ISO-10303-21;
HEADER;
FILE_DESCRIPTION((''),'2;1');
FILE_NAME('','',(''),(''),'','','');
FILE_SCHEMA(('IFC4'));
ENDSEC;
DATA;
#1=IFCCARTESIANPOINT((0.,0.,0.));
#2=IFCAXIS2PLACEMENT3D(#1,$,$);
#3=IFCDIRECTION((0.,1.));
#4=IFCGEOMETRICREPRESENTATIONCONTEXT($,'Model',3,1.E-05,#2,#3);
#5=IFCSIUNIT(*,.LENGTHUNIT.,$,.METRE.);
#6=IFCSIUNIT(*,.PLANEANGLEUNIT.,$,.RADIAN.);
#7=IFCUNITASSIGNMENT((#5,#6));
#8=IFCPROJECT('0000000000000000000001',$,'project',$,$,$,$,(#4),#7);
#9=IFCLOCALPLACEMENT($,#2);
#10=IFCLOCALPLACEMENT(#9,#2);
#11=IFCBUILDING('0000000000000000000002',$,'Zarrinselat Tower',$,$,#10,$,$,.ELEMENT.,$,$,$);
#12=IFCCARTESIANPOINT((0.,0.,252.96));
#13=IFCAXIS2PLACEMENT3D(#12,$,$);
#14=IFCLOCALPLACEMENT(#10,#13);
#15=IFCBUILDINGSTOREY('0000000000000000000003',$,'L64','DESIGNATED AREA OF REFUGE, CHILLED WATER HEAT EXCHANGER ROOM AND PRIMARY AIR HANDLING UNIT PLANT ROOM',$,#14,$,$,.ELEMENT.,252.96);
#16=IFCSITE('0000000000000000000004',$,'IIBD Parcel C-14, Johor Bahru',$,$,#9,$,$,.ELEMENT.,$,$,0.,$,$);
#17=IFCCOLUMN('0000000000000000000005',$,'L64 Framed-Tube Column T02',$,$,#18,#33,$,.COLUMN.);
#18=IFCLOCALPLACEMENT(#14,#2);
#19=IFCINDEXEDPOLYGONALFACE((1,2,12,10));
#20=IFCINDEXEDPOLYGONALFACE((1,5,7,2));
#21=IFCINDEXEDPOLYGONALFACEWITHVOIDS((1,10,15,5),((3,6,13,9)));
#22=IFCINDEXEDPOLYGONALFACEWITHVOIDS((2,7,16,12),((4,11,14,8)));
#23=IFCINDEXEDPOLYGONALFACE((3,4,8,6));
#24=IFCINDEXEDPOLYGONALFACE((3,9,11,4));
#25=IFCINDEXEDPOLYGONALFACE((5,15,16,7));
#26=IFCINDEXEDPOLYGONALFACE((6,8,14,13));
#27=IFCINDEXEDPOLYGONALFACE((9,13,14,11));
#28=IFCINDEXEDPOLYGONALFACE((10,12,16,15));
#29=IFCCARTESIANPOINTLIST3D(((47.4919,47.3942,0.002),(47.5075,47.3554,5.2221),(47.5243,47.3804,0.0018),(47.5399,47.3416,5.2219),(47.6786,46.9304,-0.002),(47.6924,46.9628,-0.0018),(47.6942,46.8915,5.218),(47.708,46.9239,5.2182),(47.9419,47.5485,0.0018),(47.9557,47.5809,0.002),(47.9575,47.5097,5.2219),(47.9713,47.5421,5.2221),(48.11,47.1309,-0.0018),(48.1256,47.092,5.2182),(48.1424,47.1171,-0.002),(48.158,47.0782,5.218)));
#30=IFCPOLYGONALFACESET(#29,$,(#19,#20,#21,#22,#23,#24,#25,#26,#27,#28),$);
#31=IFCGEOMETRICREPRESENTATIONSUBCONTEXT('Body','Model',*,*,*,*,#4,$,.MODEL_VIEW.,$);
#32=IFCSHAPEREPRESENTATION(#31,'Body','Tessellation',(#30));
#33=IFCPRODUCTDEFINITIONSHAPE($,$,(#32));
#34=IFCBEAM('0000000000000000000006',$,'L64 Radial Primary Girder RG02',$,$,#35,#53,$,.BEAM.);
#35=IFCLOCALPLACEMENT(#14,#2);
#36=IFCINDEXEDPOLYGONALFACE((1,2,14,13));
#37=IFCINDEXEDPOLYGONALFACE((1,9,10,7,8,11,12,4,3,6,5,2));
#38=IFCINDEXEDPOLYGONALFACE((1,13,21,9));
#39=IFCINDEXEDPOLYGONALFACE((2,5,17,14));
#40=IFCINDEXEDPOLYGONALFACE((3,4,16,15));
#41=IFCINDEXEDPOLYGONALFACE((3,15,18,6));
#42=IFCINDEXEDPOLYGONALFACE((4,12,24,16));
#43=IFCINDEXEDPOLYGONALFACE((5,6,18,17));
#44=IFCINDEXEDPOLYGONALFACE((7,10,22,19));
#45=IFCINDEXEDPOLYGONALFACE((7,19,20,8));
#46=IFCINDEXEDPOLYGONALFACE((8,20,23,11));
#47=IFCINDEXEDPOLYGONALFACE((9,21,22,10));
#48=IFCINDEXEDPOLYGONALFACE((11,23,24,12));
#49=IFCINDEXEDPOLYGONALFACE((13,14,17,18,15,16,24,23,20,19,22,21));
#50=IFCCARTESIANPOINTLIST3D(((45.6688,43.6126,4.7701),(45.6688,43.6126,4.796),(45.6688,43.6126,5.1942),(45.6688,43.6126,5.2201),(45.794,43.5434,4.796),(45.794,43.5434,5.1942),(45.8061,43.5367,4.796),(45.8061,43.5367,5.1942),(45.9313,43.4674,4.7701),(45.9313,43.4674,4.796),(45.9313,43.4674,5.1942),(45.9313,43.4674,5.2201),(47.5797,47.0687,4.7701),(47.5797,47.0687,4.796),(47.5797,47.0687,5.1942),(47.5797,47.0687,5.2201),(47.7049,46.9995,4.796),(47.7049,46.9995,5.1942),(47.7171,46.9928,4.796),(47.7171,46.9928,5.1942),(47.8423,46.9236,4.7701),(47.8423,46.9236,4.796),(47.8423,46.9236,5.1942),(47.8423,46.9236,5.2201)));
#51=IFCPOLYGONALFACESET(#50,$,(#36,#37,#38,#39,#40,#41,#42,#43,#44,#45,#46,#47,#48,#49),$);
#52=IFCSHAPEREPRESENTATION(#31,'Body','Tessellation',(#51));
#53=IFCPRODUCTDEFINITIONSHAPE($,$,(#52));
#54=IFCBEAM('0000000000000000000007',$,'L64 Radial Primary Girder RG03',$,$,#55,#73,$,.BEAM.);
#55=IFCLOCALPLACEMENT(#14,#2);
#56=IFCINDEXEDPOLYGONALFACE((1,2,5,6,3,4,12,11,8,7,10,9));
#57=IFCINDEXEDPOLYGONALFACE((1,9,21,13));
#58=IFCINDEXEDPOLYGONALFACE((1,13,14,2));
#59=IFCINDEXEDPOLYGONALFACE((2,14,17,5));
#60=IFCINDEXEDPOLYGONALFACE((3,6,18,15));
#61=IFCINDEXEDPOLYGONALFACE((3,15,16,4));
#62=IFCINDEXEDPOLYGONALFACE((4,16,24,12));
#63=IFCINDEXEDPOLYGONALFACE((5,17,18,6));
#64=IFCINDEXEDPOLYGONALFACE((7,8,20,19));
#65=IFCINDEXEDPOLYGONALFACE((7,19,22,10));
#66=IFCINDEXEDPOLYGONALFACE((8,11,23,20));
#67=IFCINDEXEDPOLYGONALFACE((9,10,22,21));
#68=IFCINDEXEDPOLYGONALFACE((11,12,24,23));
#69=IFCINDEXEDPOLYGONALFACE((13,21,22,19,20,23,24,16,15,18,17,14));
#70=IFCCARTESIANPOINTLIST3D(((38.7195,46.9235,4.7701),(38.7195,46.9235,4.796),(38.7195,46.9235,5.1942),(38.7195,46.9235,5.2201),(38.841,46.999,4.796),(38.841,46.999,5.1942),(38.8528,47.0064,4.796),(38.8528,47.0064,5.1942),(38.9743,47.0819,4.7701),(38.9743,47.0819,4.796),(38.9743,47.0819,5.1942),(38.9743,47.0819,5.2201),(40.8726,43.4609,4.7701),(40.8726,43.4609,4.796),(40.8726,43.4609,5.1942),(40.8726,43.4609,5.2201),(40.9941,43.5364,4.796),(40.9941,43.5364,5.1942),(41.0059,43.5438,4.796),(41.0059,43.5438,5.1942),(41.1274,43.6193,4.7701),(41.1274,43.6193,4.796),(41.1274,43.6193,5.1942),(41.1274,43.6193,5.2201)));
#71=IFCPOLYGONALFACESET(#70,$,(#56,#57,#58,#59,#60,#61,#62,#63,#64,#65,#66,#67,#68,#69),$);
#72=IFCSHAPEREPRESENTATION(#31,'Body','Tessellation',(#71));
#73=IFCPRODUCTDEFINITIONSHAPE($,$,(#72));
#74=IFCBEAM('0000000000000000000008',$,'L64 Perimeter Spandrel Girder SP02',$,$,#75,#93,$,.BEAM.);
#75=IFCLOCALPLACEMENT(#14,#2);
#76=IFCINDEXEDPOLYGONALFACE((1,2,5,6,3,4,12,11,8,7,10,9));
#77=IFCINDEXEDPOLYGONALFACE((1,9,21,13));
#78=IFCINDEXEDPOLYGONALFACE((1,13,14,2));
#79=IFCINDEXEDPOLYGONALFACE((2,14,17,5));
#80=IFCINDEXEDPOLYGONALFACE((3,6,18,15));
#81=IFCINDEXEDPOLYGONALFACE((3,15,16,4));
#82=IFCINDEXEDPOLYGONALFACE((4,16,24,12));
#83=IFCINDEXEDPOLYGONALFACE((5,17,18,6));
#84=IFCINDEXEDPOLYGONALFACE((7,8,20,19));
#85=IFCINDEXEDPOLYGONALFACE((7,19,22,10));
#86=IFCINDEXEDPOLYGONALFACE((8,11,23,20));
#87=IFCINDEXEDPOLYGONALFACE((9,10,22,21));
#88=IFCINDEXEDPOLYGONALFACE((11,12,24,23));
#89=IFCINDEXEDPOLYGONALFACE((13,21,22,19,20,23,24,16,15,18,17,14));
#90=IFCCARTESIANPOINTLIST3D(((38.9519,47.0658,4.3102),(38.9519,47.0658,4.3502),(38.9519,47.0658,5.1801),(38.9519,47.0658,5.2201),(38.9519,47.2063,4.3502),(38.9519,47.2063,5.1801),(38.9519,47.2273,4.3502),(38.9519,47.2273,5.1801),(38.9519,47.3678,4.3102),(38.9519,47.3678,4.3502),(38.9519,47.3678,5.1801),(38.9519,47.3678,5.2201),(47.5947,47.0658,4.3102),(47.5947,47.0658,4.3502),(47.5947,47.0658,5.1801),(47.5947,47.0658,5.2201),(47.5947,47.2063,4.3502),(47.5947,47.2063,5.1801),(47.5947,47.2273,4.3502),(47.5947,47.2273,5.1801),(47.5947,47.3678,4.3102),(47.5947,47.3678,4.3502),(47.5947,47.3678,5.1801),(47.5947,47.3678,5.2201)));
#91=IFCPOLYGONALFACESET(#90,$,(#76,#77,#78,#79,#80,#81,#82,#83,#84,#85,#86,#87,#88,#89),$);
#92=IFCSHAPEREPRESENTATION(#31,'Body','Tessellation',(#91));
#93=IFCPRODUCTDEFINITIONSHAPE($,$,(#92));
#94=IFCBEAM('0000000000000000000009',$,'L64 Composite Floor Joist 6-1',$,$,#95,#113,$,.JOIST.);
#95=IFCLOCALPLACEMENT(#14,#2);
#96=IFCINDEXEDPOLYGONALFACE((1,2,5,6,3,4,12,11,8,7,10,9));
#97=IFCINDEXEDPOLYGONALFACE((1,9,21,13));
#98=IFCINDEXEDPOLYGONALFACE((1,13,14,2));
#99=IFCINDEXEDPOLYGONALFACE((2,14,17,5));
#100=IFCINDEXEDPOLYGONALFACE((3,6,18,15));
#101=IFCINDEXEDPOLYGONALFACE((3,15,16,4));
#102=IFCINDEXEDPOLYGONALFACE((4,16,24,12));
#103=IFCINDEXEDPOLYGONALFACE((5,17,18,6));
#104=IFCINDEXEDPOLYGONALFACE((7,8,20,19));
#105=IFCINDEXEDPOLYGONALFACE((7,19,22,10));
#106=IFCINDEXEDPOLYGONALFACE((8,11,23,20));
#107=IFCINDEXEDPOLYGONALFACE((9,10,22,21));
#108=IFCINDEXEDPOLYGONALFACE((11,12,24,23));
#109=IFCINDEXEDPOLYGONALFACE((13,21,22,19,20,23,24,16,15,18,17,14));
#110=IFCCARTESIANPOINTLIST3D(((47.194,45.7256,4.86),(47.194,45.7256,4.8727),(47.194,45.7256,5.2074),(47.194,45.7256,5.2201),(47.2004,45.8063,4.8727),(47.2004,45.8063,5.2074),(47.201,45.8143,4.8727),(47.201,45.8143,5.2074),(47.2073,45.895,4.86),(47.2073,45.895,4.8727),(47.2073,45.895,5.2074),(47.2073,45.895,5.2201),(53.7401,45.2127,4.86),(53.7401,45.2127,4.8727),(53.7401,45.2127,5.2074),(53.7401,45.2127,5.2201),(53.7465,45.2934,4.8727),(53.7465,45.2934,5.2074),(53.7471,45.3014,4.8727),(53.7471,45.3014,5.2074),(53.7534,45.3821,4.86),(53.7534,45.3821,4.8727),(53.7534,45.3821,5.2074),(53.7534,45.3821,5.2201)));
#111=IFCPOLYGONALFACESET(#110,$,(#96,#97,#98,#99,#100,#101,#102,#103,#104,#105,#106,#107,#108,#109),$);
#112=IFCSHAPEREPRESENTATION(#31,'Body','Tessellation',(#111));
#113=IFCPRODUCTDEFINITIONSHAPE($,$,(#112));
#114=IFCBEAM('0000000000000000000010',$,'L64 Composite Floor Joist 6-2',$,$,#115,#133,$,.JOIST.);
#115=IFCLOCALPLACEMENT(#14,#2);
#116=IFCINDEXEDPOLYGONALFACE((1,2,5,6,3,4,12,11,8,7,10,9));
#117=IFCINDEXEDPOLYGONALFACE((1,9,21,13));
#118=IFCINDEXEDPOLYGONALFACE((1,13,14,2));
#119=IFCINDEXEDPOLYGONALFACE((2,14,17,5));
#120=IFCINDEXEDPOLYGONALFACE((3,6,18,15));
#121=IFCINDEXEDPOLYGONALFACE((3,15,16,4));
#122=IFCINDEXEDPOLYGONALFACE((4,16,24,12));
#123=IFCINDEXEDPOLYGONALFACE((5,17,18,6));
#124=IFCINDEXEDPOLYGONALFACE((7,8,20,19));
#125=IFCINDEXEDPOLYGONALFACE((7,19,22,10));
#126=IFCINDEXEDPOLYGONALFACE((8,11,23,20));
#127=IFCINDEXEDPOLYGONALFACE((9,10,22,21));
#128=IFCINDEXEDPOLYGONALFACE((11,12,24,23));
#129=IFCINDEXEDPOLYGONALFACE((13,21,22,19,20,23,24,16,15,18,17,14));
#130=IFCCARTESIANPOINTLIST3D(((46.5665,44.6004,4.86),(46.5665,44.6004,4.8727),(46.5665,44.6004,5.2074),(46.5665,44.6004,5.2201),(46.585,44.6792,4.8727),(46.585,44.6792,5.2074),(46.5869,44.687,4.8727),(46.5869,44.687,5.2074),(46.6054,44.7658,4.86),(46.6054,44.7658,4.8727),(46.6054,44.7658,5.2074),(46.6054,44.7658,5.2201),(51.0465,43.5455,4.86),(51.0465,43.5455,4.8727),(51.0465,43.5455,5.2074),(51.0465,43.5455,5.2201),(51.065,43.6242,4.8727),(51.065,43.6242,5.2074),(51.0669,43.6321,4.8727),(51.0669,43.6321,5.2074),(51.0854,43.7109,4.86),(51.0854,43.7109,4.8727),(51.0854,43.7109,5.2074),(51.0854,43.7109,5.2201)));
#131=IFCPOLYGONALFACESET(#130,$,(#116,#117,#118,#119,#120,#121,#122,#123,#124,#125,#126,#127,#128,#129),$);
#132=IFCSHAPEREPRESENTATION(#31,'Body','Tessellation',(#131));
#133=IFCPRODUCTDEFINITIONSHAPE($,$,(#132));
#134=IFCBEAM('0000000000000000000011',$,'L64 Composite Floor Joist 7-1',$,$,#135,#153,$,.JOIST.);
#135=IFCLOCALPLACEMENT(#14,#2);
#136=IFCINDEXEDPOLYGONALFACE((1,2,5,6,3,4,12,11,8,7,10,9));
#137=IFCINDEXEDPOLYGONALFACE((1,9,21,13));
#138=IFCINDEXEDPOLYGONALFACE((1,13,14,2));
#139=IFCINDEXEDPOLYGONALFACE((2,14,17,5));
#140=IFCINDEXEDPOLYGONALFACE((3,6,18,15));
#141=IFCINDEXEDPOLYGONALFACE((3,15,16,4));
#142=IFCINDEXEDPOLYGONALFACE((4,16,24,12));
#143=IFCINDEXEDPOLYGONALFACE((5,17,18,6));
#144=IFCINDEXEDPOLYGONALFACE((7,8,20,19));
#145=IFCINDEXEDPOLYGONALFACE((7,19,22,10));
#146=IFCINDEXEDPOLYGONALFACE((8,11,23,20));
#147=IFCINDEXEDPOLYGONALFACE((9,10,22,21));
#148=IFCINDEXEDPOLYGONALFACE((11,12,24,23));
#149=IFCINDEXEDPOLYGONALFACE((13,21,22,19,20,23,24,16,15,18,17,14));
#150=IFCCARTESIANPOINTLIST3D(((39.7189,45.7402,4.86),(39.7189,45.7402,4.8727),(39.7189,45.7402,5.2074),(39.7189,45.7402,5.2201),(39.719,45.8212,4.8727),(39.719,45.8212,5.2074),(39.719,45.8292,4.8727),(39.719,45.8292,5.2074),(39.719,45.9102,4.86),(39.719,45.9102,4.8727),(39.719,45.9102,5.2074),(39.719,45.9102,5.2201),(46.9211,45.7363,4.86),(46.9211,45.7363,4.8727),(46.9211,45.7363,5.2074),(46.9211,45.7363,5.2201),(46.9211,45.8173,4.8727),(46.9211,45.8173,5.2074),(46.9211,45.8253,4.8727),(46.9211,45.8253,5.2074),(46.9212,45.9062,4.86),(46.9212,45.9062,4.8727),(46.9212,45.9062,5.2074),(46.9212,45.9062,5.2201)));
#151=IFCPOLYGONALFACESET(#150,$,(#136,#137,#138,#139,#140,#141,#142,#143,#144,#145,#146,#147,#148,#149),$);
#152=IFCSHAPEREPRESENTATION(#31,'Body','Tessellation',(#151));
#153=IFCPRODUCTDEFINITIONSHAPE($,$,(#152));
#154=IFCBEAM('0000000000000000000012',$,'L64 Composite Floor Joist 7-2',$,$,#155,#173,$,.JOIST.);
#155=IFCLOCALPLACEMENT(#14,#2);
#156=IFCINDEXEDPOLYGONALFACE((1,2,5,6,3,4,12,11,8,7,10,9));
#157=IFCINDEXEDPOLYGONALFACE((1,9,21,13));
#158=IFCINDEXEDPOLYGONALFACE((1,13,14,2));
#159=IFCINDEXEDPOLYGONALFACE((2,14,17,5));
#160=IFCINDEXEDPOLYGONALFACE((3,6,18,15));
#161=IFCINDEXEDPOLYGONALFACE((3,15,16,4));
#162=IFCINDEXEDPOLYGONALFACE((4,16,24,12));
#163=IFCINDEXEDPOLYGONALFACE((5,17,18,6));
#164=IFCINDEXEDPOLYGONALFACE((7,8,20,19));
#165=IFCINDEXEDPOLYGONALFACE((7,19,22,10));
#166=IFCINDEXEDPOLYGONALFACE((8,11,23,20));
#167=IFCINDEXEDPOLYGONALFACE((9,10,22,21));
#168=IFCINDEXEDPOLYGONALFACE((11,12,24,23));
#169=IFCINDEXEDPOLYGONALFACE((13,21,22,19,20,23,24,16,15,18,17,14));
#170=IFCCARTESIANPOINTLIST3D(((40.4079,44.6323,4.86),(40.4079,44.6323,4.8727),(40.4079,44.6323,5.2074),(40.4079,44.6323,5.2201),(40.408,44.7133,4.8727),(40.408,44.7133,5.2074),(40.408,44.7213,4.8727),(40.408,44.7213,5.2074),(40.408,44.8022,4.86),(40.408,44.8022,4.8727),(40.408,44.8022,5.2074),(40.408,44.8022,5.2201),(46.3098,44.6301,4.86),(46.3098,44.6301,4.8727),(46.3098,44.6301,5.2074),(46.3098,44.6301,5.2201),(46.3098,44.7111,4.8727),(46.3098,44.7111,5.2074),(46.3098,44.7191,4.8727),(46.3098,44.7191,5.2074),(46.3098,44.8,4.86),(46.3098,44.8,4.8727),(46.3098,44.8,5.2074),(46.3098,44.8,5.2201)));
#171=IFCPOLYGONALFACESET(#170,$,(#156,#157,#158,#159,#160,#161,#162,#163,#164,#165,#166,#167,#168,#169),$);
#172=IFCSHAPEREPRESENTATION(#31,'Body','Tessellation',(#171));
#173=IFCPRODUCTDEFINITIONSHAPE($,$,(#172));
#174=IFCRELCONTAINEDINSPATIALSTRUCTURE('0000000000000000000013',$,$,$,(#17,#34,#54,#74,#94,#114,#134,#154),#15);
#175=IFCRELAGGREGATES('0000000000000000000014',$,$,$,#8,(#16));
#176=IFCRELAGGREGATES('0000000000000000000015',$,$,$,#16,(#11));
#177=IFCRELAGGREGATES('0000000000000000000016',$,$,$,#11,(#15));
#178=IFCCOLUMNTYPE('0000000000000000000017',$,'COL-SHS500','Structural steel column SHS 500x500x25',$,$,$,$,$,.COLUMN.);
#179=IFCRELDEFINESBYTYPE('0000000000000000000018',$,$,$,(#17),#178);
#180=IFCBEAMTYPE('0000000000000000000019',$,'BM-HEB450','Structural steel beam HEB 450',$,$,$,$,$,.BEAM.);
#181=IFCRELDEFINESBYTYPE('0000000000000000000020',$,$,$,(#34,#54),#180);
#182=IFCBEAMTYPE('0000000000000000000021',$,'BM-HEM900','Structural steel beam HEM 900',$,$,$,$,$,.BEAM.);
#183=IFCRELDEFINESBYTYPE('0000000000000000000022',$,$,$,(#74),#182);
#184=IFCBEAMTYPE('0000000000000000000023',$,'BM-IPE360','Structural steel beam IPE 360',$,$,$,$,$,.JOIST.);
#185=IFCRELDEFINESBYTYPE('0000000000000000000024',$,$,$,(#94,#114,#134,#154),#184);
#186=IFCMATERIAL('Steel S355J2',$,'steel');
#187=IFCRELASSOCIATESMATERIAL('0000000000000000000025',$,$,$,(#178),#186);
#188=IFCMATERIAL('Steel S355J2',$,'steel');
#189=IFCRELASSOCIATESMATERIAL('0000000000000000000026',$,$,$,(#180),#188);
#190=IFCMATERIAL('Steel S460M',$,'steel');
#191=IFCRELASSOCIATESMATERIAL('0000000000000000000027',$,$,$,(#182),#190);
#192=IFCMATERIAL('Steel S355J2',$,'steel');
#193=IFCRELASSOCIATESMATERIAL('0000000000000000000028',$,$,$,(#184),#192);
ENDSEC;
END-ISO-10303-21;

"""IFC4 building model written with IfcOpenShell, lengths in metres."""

from ifc_helpers import new_model, si_unit, direction, frame, origin, origin_2d, place, context, subcontext, project, spatial, hollow_rectangle, i_section, extrude, material, material_profile, profile_set, type_object, element, save


model = new_model("IFC4")

# Units and contexts
model_context = context("Model", 3, precision=1e-05, world=origin(), true_north=direction((0.0, 1.0)))
body_context = subcontext(model_context, "Body", "Model", "MODEL_VIEW")
ifc_project = project(units=[si_unit("LENGTHUNIT", "METRE"), si_unit("PLANEANGLEUNIT", "RADIAN")], contexts=[model_context])

# Site, building, storey
site_placement = place(None, origin())
site = spatial("IfcSite", under=ifc_project, at=site_placement, Name="IIBD Parcel C-14, Johor Bahru", CompositionType="ELEMENT", RefElevation=0.0)
building_placement = place(site_placement, origin())
building = spatial("IfcBuilding", under=site, at=building_placement, Name="Zarrinselat Tower", CompositionType="ELEMENT")
storey_placement = place(building_placement, frame((0.0, 0.0, 252.96)))
storey = spatial("IfcBuildingStorey", under=building, at=storey_placement, Name="L64", Description="DESIGNATED AREA OF REFUGE, CHILLED WATER HEAT EXCHANGER ROOM AND PRIMARY AIR HANDLING UNIT PLANT ROOM", CompositionType="ELEMENT", Elevation=252.96)

# Column
ifc_material_1 = material(Name="Steel S355J2", Category="steel")
ifc_material_profile_1 = material_profile(ifc_material_1, hollow_rectangle(XDim=0.5, YDim=0.5, WallThickness=0.0249, at=origin_2d()), Name="SHS 500x500x25")
ifc_profile_set_1 = profile_set([ifc_material_profile_1], Name="Steel S355J2")
column_type = type_object("IfcColumnType", Name="COL-SHS500", Description="Structural steel column SHS 500x500x25", PredefinedType="COLUMN", material=ifc_profile_set_1)
column_placement = place(storey_placement, frame((47.8171, 47.2556, 0.0), z_axis=(0.002993, -0.007436, 0.999968), x_axis=(0.92767, 0.373402, 0.0)))
element("IfcColumn", 1, at=column_placement, inside=storey, type_object=column_type, Name="L64 Framed-Tube Column T02", PredefinedType="COLUMN", context=body_context, shape_type="SweptSolid", body=[
    extrude(hollow_rectangle(XDim=0.5, YDim=0.5, WallThickness=0.0249, at=origin_2d()), origin(), (0.0, 0.0, 1.0), 5.2202),
])

# Beams
ifc_material_2 = material(Name="Steel S355J2", Category="steel")
ifc_material_profile_2 = material_profile(ifc_material_2, i_section(OverallWidth=0.3, OverallDepth=0.45, WebThickness=0.0139, FlangeThickness=0.0259, at=origin_2d()), Name="HEB 450")
ifc_profile_set_2 = profile_set([ifc_material_profile_2], Name="Steel S355J2")
beam_type_1 = type_object("IfcBeamType", Name="BM-HEB450", Description="Structural steel beam HEB 450", PredefinedType="BEAM", material=ifc_profile_set_2)
beam_1_placement = place(storey_placement, frame((45.8, 43.54, 4.9951), z_axis=(0.483873, 0.875138, 0.0), x_axis=(-0.875138, 0.483873, 0.0)))
element("IfcBeam", 2, at=beam_1_placement, inside=storey, type_object=beam_type_1, Name="L64 Radial Primary Girder RG02", PredefinedType="BEAM", context=body_context, shape_type="SweptSolid", body=[
    extrude(i_section(OverallWidth=0.3, OverallDepth=0.45, WebThickness=0.0139, FlangeThickness=0.0259, at=origin_2d()), origin(), (0.0, 0.0, 1.0), 3.9492),
])
beam_2_placement = place(storey_placement, frame((38.8469, 47.0027, 4.9951), z_axis=(0.528044, -0.849217, 0.0), x_axis=(0.849217, 0.528044, 0.0)))
element("IfcBeam", 3, at=beam_2_placement, inside=storey, type_object=beam_type_1, Name="L64 Radial Primary Girder RG03", PredefinedType="BEAM", context=body_context, shape_type="SweptSolid", body=[
    extrude(i_section(OverallWidth=0.3, OverallDepth=0.45, WebThickness=0.0139, FlangeThickness=0.0259, at=origin_2d()), origin(), (0.0, 0.0, 1.0), 4.0774),
])
ifc_material_3 = material(Name="Steel S460M", Category="steel")
ifc_material_profile_3 = material_profile(ifc_material_3, i_section(OverallWidth=0.302, OverallDepth=0.9099, WebThickness=0.021, FlangeThickness=0.04, at=origin_2d()), Name="HEM 900")
ifc_profile_set_3 = profile_set([ifc_material_profile_3], Name="Steel S460M")
beam_type_2 = type_object("IfcBeamType", Name="BM-HEM900", Description="Structural steel beam HEM 900", PredefinedType="BEAM", material=ifc_profile_set_3)
beam_3_placement = place(storey_placement, frame((38.9519, 47.2168, 4.7651), z_axis=(1.0, 0.0, 0.0), x_axis=(0.0, 1.0, 0.0)))
element("IfcBeam", 4, at=beam_3_placement, inside=storey, type_object=beam_type_2, Name="L64 Perimeter Spandrel Girder SP02", PredefinedType="BEAM", context=body_context, shape_type="SweptSolid", body=[
    extrude(i_section(OverallWidth=0.302, OverallDepth=0.9099, WebThickness=0.021, FlangeThickness=0.04, at=origin_2d()), origin(), (0.0, 0.0, 1.0), 8.6428),
])
ifc_material_4 = material(Name="Steel S355J2", Category="steel")
ifc_material_profile_4 = material_profile(ifc_material_4, i_section(OverallWidth=0.1699, OverallDepth=0.3601, WebThickness=0.0081, FlangeThickness=0.0127, at=origin_2d()), Name="IPE 360")
ifc_profile_set_4 = profile_set([ifc_material_profile_4], Name="Steel S355J2")
beam_type_3 = type_object("IfcBeamType", Name="BM-IPE360", Description="Structural steel beam IPE 360", PredefinedType="JOIST", material=ifc_profile_set_4)
beam_4_placement = place(storey_placement, frame((47.2007, 45.8103, 5.04), z_axis=(0.996944, -0.078118, 0.0), x_axis=(0.078118, 0.996944, 0.0)))
element("IfcBeam", 5, at=beam_4_placement, inside=storey, type_object=beam_type_3, Name="L64 Composite Floor Joist 6-1", PredefinedType="JOIST", context=body_context, shape_type="SweptSolid", body=[
    extrude(i_section(OverallWidth=0.1699, OverallDepth=0.3601, WebThickness=0.0081, FlangeThickness=0.0127, at=origin_2d()), origin(), (0.0, 0.0, 1.0), 6.5662),
])
beam_5_placement = place(storey_placement, frame((46.5859, 44.6831, 5.04), z_axis=(0.973378, -0.229208, 0.0), x_axis=(0.229208, 0.973378, 0.0)))
element("IfcBeam", 6, at=beam_5_placement, inside=storey, type_object=beam_type_3, Name="L64 Composite Floor Joist 6-2", PredefinedType="JOIST", context=body_context, shape_type="SweptSolid", body=[
    extrude(i_section(OverallWidth=0.1699, OverallDepth=0.3601, WebThickness=0.0081, FlangeThickness=0.0127, at=origin_2d()), origin(), (0.0, 0.0, 1.0), 4.6025),
])
beam_6_placement = place(storey_placement, frame((39.719, 45.8252, 5.04), z_axis=(1.0, -0.000542, 0.0), x_axis=(0.000542, 1.0, 0.0)))
element("IfcBeam", 7, at=beam_6_placement, inside=storey, type_object=beam_type_3, Name="L64 Composite Floor Joist 7-1", PredefinedType="JOIST", context=body_context, shape_type="SweptSolid", body=[
    extrude(i_section(OverallWidth=0.1699, OverallDepth=0.3601, WebThickness=0.0081, FlangeThickness=0.0127, at=origin_2d()), origin(), (0.0, 0.0, 1.0), 7.2021),
])
beam_7_placement = place(storey_placement, frame((40.408, 44.7173, 5.04), z_axis=(1.0, -0.000372, 0.0), x_axis=(0.000372, 1.0, 0.0)))
element("IfcBeam", 8, at=beam_7_placement, inside=storey, type_object=beam_type_3, Name="L64 Composite Floor Joist 7-2", PredefinedType="JOIST", context=body_context, shape_type="SweptSolid", body=[
    extrude(i_section(OverallWidth=0.1699, OverallDepth=0.3601, WebThickness=0.0081, FlangeThickness=0.0127, at=origin_2d()), origin(), (0.0, 0.0, 1.0), 5.9019),
])

save(model, "model.ifc")
